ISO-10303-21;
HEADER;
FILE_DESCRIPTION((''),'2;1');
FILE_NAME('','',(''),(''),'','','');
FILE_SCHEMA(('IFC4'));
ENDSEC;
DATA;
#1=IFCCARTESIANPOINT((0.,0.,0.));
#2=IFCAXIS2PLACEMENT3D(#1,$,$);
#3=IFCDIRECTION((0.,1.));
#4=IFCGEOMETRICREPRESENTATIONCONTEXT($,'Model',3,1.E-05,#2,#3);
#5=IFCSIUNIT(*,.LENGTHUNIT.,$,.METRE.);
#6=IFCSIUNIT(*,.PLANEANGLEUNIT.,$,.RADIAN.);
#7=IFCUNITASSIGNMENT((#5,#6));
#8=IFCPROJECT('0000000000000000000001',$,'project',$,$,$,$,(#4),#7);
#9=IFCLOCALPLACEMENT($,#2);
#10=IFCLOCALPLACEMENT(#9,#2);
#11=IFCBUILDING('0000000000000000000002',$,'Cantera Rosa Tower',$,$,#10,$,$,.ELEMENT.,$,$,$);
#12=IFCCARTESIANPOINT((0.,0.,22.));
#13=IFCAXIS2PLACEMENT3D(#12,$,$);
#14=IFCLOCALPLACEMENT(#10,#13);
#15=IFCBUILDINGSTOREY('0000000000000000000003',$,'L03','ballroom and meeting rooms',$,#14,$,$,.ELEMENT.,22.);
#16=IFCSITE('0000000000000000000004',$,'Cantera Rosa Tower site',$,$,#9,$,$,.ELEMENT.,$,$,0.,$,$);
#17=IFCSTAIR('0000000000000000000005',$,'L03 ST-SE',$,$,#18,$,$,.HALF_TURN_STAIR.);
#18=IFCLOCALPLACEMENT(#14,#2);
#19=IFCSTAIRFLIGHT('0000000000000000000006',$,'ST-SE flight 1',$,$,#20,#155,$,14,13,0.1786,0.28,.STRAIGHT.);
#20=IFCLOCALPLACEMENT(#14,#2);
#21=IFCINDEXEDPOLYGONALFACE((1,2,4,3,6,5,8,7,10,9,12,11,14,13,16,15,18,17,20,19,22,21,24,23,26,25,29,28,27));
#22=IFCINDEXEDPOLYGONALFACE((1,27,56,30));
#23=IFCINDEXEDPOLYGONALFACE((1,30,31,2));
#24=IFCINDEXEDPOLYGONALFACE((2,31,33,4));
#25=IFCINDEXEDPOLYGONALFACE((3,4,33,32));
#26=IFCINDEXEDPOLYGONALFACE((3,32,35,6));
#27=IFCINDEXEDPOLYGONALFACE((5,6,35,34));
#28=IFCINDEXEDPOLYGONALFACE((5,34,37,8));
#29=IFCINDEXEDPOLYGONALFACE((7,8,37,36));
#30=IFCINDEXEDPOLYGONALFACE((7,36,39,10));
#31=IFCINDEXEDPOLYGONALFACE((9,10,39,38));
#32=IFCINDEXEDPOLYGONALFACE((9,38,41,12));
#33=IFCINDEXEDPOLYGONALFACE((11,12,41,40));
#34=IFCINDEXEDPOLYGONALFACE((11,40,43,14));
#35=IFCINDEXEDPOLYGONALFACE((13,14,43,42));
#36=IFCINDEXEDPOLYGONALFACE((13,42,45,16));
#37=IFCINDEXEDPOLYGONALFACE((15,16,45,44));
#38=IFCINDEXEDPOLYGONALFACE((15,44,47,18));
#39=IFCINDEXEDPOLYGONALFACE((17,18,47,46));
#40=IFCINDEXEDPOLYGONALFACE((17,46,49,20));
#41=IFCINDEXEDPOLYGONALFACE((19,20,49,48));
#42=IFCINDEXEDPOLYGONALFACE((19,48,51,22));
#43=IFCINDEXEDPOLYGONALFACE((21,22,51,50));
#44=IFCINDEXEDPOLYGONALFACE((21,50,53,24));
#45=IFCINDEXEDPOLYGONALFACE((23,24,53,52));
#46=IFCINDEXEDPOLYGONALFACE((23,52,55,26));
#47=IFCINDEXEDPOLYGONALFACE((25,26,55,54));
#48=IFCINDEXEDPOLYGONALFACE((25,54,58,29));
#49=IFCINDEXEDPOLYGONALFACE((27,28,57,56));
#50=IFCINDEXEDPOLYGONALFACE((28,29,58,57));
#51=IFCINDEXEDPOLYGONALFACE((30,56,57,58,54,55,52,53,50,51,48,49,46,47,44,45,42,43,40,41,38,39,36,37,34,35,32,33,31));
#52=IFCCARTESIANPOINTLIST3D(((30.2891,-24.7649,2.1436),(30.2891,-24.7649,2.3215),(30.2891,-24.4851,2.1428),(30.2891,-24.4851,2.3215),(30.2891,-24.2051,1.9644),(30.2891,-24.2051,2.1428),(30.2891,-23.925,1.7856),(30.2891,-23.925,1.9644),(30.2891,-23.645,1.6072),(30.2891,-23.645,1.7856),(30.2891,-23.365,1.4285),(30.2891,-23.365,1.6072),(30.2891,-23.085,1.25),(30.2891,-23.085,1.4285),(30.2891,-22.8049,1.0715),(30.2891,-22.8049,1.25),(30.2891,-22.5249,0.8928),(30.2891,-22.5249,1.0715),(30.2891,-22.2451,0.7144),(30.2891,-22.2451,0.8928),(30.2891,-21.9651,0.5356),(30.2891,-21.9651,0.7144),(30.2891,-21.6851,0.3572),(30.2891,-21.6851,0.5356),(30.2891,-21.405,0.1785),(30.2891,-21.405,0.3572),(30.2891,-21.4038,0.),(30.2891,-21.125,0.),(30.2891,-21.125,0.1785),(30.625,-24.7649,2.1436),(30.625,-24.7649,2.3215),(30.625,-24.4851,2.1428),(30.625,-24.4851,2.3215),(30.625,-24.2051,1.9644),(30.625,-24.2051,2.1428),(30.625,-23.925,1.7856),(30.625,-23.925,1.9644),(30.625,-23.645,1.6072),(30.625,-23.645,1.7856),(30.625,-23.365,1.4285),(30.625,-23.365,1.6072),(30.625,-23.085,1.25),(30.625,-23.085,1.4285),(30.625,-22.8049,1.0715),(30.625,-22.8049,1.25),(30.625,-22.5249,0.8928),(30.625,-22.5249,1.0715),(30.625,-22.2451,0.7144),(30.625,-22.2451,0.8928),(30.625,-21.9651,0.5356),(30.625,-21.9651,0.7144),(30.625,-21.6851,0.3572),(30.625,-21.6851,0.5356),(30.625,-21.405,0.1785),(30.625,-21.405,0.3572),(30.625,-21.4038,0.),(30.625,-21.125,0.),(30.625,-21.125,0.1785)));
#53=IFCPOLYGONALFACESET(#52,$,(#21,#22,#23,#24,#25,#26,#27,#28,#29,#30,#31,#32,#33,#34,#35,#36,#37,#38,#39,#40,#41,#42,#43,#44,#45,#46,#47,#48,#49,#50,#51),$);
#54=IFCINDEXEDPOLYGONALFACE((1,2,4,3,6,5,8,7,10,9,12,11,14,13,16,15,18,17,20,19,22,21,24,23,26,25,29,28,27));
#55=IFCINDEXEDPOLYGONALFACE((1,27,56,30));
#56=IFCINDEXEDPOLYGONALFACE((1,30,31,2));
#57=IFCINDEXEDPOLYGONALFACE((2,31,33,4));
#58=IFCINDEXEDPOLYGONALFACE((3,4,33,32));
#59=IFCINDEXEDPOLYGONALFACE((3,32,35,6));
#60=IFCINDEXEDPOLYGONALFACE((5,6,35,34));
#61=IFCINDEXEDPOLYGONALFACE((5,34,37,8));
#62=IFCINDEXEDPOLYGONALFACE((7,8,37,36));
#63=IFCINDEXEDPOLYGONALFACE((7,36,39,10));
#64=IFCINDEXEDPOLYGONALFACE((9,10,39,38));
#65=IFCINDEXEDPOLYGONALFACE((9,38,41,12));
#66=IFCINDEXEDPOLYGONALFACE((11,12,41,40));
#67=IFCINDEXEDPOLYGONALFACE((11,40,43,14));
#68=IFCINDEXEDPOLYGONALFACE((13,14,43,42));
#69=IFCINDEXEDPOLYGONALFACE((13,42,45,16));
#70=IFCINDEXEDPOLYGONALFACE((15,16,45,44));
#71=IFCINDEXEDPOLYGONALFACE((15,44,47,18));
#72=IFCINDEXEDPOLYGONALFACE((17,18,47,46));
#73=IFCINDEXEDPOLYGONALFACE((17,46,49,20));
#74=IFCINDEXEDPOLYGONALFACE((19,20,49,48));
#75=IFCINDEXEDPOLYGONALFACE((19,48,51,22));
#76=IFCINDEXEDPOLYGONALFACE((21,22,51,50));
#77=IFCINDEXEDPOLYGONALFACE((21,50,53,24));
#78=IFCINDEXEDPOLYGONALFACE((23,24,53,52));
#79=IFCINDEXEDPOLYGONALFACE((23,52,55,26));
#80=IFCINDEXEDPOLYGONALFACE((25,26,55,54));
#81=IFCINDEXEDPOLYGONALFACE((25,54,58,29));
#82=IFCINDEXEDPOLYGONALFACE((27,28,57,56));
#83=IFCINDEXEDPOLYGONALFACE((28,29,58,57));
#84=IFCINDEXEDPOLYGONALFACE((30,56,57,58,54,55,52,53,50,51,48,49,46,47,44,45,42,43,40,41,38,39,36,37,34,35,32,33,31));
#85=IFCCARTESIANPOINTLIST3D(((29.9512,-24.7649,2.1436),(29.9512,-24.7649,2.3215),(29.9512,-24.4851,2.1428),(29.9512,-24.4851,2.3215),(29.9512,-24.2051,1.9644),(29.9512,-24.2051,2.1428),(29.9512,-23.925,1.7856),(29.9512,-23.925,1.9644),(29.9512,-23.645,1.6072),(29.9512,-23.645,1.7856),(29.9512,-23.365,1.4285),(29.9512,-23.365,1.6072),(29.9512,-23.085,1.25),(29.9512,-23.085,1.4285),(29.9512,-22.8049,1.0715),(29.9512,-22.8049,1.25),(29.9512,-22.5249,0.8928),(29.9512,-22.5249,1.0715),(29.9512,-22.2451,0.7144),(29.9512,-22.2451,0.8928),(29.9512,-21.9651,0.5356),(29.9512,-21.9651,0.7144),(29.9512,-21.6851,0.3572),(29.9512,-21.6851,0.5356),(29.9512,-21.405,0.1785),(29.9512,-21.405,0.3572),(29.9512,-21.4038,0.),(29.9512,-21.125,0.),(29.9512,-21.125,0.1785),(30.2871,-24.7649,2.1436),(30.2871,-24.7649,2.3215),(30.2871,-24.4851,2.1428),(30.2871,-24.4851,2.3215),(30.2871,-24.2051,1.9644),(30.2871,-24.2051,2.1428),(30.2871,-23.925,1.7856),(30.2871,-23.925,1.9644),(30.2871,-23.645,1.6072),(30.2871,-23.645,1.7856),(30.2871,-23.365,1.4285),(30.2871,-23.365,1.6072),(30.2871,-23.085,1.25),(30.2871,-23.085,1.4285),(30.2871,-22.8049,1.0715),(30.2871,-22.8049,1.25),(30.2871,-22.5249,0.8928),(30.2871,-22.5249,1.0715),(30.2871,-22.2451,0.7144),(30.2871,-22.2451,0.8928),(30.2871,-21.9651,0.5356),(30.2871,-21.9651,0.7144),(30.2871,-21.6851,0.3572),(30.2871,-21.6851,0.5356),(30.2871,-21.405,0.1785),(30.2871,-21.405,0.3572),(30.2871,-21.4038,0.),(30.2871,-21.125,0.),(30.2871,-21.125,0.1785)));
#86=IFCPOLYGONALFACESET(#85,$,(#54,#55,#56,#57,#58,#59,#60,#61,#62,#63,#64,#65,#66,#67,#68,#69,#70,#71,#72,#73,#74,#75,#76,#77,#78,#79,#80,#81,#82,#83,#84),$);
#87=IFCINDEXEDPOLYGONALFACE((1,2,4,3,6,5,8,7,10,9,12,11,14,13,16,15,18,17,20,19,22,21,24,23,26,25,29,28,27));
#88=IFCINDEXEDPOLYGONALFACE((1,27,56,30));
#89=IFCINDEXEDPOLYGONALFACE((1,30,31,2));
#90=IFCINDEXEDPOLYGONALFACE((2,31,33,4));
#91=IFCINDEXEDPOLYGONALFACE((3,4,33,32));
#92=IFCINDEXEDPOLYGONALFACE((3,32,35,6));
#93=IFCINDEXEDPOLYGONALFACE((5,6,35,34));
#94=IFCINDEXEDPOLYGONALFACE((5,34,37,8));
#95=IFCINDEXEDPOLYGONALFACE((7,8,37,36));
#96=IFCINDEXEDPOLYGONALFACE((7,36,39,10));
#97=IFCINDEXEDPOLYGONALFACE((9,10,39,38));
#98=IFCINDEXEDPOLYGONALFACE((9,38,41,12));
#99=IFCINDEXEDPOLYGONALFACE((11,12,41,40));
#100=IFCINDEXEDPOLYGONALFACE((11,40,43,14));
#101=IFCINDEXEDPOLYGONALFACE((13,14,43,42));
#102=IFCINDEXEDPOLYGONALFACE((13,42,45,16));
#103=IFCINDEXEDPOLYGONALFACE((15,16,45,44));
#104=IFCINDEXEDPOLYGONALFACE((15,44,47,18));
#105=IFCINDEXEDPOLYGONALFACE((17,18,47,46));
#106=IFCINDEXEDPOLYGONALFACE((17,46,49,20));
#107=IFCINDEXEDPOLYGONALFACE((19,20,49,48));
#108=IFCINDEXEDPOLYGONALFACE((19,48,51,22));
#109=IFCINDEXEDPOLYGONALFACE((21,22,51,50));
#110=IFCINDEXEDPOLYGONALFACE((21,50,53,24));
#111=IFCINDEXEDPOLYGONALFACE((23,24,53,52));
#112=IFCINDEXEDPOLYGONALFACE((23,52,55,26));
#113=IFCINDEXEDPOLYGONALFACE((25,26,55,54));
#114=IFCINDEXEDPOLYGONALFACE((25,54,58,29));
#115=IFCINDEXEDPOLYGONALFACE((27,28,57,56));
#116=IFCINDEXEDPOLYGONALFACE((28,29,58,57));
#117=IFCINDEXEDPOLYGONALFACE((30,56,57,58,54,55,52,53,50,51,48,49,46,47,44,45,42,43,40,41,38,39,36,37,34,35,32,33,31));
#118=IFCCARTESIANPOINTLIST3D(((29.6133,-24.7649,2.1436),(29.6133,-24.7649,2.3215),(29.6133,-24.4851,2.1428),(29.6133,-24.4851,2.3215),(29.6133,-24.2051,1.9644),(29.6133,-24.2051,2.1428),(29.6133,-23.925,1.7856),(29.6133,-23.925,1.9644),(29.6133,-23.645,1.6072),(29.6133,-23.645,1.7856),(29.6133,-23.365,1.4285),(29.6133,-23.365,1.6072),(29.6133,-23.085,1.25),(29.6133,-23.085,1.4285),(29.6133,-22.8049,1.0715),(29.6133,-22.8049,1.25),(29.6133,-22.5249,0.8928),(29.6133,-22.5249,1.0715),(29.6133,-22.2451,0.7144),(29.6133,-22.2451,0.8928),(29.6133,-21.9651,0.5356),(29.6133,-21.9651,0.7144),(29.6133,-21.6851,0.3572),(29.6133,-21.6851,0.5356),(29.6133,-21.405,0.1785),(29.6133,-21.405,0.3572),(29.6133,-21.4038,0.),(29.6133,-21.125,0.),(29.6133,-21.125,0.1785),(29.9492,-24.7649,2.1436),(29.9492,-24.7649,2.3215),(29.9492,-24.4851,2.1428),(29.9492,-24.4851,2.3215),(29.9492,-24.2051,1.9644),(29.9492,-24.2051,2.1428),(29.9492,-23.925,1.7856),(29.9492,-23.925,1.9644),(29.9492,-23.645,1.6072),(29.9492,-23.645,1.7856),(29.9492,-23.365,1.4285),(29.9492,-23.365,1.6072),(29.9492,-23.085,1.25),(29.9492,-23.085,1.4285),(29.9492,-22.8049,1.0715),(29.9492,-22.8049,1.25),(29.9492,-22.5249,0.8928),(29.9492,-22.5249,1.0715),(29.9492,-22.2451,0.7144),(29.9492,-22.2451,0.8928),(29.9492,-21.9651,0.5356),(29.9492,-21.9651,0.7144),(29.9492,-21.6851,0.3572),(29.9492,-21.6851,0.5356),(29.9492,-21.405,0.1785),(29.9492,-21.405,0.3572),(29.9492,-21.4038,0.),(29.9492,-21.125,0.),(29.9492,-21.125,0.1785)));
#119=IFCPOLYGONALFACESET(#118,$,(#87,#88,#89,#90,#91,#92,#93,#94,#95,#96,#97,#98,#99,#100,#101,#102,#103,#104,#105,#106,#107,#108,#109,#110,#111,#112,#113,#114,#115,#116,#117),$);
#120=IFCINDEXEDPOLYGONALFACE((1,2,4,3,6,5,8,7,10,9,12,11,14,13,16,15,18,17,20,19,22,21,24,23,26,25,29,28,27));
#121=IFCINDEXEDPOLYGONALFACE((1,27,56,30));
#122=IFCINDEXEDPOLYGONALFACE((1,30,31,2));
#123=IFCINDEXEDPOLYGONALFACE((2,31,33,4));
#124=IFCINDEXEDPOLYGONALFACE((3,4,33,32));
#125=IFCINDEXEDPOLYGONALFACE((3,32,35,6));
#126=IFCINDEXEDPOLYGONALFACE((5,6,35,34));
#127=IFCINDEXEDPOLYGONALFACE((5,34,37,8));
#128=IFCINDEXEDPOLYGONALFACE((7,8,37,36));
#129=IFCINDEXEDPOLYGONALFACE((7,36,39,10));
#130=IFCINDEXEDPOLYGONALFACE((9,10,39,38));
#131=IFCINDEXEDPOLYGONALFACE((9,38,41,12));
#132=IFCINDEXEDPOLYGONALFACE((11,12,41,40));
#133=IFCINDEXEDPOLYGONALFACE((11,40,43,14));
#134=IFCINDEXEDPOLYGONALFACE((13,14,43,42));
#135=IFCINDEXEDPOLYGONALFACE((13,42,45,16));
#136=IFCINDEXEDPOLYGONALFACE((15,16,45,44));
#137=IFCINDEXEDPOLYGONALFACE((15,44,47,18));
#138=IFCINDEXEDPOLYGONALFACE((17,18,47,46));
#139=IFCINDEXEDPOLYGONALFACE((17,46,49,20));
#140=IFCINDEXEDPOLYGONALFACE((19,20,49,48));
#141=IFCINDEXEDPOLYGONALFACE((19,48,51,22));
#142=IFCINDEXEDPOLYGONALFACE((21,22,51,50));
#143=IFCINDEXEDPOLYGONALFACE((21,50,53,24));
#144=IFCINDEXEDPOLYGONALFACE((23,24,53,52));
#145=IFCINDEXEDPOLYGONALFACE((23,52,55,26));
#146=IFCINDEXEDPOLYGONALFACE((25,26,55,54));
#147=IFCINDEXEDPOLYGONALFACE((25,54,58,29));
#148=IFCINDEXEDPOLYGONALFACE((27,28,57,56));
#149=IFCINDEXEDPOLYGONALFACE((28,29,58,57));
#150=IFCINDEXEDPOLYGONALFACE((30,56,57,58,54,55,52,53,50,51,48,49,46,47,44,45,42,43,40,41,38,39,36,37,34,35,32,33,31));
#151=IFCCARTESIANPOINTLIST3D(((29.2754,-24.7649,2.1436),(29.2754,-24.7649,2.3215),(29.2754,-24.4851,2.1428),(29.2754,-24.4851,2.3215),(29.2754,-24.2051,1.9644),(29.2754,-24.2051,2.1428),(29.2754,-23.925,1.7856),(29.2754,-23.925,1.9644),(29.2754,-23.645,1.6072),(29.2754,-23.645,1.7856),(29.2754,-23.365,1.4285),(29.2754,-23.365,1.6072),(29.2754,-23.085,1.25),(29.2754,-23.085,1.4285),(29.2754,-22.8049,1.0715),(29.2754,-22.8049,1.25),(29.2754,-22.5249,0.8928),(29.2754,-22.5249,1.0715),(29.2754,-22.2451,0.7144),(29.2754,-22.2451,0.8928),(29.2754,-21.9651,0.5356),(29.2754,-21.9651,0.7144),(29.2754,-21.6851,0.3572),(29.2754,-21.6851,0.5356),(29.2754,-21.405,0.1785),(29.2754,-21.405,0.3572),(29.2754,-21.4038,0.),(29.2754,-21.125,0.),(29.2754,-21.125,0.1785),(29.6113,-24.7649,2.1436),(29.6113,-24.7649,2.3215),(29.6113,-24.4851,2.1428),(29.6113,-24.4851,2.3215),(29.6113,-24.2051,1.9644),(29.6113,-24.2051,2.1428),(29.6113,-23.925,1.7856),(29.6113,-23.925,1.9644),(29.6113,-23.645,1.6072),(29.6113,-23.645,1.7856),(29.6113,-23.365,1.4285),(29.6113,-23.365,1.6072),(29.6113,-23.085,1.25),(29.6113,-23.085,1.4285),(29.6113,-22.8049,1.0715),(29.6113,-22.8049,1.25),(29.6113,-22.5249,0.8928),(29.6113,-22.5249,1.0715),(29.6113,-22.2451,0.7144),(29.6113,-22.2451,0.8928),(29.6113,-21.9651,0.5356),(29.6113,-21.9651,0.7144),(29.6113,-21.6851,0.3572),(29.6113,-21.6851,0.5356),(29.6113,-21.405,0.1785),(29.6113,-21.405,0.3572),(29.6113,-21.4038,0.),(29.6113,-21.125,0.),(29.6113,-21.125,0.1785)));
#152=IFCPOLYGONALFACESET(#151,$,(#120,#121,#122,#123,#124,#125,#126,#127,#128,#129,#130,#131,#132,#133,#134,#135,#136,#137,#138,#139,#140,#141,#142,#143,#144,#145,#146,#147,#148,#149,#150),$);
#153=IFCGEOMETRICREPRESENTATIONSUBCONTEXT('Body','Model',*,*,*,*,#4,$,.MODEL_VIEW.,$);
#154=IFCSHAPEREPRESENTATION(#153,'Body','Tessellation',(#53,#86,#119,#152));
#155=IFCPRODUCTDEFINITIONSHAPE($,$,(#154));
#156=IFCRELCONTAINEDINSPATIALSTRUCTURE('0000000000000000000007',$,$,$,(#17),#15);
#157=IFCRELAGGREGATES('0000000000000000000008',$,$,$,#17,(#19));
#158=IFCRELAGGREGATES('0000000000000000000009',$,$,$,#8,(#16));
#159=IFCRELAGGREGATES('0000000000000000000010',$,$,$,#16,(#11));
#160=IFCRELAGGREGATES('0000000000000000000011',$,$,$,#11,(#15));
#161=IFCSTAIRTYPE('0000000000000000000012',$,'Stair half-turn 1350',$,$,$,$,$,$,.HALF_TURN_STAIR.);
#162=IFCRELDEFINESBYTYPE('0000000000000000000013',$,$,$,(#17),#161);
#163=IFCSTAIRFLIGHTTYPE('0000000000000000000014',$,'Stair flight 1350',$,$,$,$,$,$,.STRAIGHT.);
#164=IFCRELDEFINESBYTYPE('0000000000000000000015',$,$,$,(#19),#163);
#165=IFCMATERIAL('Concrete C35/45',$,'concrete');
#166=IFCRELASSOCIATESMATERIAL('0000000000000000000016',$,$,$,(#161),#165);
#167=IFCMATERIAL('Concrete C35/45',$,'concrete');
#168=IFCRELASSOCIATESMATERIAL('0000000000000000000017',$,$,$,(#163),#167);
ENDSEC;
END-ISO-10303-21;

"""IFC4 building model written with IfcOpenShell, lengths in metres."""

from ifc_helpers import new_model, si_unit, direction, frame, origin, place, context, subcontext, project, spatial, polyline, outline, extrude, material, type_object, element, aggregate, save


model = new_model("IFC4")

# Units and contexts
model_context = context("Model", 3, precision=1e-05, world=origin(), true_north=direction((0.0, 1.0)))
body_context = subcontext(model_context, "Body", "Model", "MODEL_VIEW")
ifc_project = project(units=[si_unit("LENGTHUNIT", "METRE"), si_unit("PLANEANGLEUNIT", "RADIAN")], contexts=[model_context])

# Site, building, storey
site_placement = place(None, origin())
site = spatial("IfcSite", under=ifc_project, at=site_placement, Name="Cantera Rosa Tower site", CompositionType="ELEMENT", RefElevation=0.0)
building_placement = place(site_placement, origin())
building = spatial("IfcBuilding", under=site, at=building_placement, Name="Cantera Rosa Tower", CompositionType="ELEMENT")
storey_placement = place(building_placement, frame((0.0, 0.0, 22.0)))
storey = spatial("IfcBuildingStorey", under=building, at=storey_placement, Name="L03", Description="ballroom and meeting rooms", CompositionType="ELEMENT", Elevation=22.0)

# Stair, stair flight
ifc_material_1 = material(Name="Concrete C35/45", Category="concrete")
stair_type = type_object("IfcStairType", Name="Stair half-turn 1350", PredefinedType="HALF_TURN_STAIR", material=ifc_material_1)
stair_placement = place(storey_placement, origin())
stair = element("IfcStair", 1, at=stair_placement, inside=storey, type_object=stair_type, Name="L03 ST-SE", PredefinedType="HALF_TURN_STAIR")
ifc_material_2 = material(Name="Concrete C35/45", Category="concrete")
stair_flight_type = type_object("IfcStairFlightType", Name="Stair flight 1350", PredefinedType="STRAIGHT", material=ifc_material_2)
stair_flight_1_placement = place(storey_placement, frame((29.95, -21.125, 0.0), z_axis=(0.0, 0.0, 1.0), x_axis=(0.0, -1.0, 0.0)))
stair_flight_1 = element("IfcStairFlight", 2, at=stair_flight_1_placement, type_object=stair_flight_type, Name="ST-SE flight 1", NumberOfRisers=14, NumberOfTreads=13, PredefinedType="STRAIGHT", RiserHeight=0.1786, TreadLength=0.28, context=body_context, shape_type="SweptSolid", body=[
    extrude(outline(polyline([(0.0, 0.0), (0.0, 0.1785), (0.28, 0.1785), (0.28, 0.3572), (0.5601, 0.3572), (0.5601, 0.5356), (0.8401, 0.5356), (0.8401, 0.7144), (1.1201, 0.7144), (1.1201, 0.8928), (1.3999, 0.8928), (1.3999, 1.0715), (1.6799, 1.0715), (1.6799, 1.25), (1.96, 1.25), (1.96, 1.4285), (2.24, 1.4285), (2.24, 1.6072), (2.52, 1.6072), (2.52, 1.7856), (2.8, 1.7856), (2.8, 1.9644), (3.0801, 1.9644), (3.0801, 2.1428), (3.3601, 2.1428), (3.3601, 2.3215), (3.6399, 2.3215), (3.6399, 2.5), (3.6399, 2.1436), (0.2788, 0.0), (0.0, 0.0)])), frame((0.0, 0.675, 0.0), z_axis=(0.0, -1.0, 0.0), x_axis=(1.0, 0.0, 0.0)), (0.0, 0.0, 1.0), 0.3359),
    extrude(outline(polyline([(0.0, 0.0), (0.0, 0.1785), (0.28, 0.1785), (0.28, 0.3572), (0.5601, 0.3572), (0.5601, 0.5356), (0.8401, 0.5356), (0.8401, 0.7144), (1.1201, 0.7144), (1.1201, 0.8928), (1.3999, 0.8928), (1.3999, 1.0715), (1.6799, 1.0715), (1.6799, 1.25), (1.96, 1.25), (1.96, 1.4285), (2.24, 1.4285), (2.24, 1.6072), (2.52, 1.6072), (2.52, 1.7856), (2.8, 1.7856), (2.8, 1.9644), (3.0801, 1.9644), (3.0801, 2.1428), (3.3601, 2.1428), (3.3601, 2.3215), (3.6399, 2.3215), (3.6399, 2.5), (3.6399, 2.1436), (0.2788, 0.0), (0.0, 0.0)])), frame((0.0, 0.3372, 0.0), z_axis=(0.0, -1.0, 0.0), x_axis=(1.0, 0.0, 0.0)), (0.0, 0.0, 1.0), 0.3359),
    extrude(outline(polyline([(0.0, 0.0), (0.0, 0.1785), (0.28, 0.1785), (0.28, 0.3572), (0.5601, 0.3572), (0.5601, 0.5356), (0.8401, 0.5356), (0.8401, 0.7144), (1.1201, 0.7144), (1.1201, 0.8928), (1.3999, 0.8928), (1.3999, 1.0715), (1.6799, 1.0715), (1.6799, 1.25), (1.96, 1.25), (1.96, 1.4285), (2.24, 1.4285), (2.24, 1.6072), (2.52, 1.6072), (2.52, 1.7856), (2.8, 1.7856), (2.8, 1.9644), (3.0801, 1.9644), (3.0801, 2.1428), (3.3601, 2.1428), (3.3601, 2.3215), (3.6399, 2.3215), (3.6399, 2.5), (3.6399, 2.1436), (0.2788, 0.0), (0.0, 0.0)])), frame((0.0, -0.0007, 0.0), z_axis=(0.0, -1.0, 0.0), x_axis=(1.0, 0.0, 0.0)), (0.0, 0.0, 1.0), 0.3359),
    extrude(outline(polyline([(0.0, 0.0), (0.0, 0.1785), (0.28, 0.1785), (0.28, 0.3572), (0.5601, 0.3572), (0.5601, 0.5356), (0.8401, 0.5356), (0.8401, 0.7144), (1.1201, 0.7144), (1.1201, 0.8928), (1.3999, 0.8928), (1.3999, 1.0715), (1.6799, 1.0715), (1.6799, 1.25), (1.96, 1.25), (1.96, 1.4285), (2.24, 1.4285), (2.24, 1.6072), (2.52, 1.6072), (2.52, 1.7856), (2.8, 1.7856), (2.8, 1.9644), (3.0801, 1.9644), (3.0801, 2.1428), (3.3601, 2.1428), (3.3601, 2.3215), (3.6399, 2.3215), (3.6399, 2.5), (3.6399, 2.1436), (0.2788, 0.0), (0.0, 0.0)])), frame((0.0, -0.3386, 0.0), z_axis=(0.0, -1.0, 0.0), x_axis=(1.0, 0.0, 0.0)), (0.0, 0.0, 1.0), 0.3359),
])
aggregate(stair, [stair_flight_1])

save(model, "model.ifc")
